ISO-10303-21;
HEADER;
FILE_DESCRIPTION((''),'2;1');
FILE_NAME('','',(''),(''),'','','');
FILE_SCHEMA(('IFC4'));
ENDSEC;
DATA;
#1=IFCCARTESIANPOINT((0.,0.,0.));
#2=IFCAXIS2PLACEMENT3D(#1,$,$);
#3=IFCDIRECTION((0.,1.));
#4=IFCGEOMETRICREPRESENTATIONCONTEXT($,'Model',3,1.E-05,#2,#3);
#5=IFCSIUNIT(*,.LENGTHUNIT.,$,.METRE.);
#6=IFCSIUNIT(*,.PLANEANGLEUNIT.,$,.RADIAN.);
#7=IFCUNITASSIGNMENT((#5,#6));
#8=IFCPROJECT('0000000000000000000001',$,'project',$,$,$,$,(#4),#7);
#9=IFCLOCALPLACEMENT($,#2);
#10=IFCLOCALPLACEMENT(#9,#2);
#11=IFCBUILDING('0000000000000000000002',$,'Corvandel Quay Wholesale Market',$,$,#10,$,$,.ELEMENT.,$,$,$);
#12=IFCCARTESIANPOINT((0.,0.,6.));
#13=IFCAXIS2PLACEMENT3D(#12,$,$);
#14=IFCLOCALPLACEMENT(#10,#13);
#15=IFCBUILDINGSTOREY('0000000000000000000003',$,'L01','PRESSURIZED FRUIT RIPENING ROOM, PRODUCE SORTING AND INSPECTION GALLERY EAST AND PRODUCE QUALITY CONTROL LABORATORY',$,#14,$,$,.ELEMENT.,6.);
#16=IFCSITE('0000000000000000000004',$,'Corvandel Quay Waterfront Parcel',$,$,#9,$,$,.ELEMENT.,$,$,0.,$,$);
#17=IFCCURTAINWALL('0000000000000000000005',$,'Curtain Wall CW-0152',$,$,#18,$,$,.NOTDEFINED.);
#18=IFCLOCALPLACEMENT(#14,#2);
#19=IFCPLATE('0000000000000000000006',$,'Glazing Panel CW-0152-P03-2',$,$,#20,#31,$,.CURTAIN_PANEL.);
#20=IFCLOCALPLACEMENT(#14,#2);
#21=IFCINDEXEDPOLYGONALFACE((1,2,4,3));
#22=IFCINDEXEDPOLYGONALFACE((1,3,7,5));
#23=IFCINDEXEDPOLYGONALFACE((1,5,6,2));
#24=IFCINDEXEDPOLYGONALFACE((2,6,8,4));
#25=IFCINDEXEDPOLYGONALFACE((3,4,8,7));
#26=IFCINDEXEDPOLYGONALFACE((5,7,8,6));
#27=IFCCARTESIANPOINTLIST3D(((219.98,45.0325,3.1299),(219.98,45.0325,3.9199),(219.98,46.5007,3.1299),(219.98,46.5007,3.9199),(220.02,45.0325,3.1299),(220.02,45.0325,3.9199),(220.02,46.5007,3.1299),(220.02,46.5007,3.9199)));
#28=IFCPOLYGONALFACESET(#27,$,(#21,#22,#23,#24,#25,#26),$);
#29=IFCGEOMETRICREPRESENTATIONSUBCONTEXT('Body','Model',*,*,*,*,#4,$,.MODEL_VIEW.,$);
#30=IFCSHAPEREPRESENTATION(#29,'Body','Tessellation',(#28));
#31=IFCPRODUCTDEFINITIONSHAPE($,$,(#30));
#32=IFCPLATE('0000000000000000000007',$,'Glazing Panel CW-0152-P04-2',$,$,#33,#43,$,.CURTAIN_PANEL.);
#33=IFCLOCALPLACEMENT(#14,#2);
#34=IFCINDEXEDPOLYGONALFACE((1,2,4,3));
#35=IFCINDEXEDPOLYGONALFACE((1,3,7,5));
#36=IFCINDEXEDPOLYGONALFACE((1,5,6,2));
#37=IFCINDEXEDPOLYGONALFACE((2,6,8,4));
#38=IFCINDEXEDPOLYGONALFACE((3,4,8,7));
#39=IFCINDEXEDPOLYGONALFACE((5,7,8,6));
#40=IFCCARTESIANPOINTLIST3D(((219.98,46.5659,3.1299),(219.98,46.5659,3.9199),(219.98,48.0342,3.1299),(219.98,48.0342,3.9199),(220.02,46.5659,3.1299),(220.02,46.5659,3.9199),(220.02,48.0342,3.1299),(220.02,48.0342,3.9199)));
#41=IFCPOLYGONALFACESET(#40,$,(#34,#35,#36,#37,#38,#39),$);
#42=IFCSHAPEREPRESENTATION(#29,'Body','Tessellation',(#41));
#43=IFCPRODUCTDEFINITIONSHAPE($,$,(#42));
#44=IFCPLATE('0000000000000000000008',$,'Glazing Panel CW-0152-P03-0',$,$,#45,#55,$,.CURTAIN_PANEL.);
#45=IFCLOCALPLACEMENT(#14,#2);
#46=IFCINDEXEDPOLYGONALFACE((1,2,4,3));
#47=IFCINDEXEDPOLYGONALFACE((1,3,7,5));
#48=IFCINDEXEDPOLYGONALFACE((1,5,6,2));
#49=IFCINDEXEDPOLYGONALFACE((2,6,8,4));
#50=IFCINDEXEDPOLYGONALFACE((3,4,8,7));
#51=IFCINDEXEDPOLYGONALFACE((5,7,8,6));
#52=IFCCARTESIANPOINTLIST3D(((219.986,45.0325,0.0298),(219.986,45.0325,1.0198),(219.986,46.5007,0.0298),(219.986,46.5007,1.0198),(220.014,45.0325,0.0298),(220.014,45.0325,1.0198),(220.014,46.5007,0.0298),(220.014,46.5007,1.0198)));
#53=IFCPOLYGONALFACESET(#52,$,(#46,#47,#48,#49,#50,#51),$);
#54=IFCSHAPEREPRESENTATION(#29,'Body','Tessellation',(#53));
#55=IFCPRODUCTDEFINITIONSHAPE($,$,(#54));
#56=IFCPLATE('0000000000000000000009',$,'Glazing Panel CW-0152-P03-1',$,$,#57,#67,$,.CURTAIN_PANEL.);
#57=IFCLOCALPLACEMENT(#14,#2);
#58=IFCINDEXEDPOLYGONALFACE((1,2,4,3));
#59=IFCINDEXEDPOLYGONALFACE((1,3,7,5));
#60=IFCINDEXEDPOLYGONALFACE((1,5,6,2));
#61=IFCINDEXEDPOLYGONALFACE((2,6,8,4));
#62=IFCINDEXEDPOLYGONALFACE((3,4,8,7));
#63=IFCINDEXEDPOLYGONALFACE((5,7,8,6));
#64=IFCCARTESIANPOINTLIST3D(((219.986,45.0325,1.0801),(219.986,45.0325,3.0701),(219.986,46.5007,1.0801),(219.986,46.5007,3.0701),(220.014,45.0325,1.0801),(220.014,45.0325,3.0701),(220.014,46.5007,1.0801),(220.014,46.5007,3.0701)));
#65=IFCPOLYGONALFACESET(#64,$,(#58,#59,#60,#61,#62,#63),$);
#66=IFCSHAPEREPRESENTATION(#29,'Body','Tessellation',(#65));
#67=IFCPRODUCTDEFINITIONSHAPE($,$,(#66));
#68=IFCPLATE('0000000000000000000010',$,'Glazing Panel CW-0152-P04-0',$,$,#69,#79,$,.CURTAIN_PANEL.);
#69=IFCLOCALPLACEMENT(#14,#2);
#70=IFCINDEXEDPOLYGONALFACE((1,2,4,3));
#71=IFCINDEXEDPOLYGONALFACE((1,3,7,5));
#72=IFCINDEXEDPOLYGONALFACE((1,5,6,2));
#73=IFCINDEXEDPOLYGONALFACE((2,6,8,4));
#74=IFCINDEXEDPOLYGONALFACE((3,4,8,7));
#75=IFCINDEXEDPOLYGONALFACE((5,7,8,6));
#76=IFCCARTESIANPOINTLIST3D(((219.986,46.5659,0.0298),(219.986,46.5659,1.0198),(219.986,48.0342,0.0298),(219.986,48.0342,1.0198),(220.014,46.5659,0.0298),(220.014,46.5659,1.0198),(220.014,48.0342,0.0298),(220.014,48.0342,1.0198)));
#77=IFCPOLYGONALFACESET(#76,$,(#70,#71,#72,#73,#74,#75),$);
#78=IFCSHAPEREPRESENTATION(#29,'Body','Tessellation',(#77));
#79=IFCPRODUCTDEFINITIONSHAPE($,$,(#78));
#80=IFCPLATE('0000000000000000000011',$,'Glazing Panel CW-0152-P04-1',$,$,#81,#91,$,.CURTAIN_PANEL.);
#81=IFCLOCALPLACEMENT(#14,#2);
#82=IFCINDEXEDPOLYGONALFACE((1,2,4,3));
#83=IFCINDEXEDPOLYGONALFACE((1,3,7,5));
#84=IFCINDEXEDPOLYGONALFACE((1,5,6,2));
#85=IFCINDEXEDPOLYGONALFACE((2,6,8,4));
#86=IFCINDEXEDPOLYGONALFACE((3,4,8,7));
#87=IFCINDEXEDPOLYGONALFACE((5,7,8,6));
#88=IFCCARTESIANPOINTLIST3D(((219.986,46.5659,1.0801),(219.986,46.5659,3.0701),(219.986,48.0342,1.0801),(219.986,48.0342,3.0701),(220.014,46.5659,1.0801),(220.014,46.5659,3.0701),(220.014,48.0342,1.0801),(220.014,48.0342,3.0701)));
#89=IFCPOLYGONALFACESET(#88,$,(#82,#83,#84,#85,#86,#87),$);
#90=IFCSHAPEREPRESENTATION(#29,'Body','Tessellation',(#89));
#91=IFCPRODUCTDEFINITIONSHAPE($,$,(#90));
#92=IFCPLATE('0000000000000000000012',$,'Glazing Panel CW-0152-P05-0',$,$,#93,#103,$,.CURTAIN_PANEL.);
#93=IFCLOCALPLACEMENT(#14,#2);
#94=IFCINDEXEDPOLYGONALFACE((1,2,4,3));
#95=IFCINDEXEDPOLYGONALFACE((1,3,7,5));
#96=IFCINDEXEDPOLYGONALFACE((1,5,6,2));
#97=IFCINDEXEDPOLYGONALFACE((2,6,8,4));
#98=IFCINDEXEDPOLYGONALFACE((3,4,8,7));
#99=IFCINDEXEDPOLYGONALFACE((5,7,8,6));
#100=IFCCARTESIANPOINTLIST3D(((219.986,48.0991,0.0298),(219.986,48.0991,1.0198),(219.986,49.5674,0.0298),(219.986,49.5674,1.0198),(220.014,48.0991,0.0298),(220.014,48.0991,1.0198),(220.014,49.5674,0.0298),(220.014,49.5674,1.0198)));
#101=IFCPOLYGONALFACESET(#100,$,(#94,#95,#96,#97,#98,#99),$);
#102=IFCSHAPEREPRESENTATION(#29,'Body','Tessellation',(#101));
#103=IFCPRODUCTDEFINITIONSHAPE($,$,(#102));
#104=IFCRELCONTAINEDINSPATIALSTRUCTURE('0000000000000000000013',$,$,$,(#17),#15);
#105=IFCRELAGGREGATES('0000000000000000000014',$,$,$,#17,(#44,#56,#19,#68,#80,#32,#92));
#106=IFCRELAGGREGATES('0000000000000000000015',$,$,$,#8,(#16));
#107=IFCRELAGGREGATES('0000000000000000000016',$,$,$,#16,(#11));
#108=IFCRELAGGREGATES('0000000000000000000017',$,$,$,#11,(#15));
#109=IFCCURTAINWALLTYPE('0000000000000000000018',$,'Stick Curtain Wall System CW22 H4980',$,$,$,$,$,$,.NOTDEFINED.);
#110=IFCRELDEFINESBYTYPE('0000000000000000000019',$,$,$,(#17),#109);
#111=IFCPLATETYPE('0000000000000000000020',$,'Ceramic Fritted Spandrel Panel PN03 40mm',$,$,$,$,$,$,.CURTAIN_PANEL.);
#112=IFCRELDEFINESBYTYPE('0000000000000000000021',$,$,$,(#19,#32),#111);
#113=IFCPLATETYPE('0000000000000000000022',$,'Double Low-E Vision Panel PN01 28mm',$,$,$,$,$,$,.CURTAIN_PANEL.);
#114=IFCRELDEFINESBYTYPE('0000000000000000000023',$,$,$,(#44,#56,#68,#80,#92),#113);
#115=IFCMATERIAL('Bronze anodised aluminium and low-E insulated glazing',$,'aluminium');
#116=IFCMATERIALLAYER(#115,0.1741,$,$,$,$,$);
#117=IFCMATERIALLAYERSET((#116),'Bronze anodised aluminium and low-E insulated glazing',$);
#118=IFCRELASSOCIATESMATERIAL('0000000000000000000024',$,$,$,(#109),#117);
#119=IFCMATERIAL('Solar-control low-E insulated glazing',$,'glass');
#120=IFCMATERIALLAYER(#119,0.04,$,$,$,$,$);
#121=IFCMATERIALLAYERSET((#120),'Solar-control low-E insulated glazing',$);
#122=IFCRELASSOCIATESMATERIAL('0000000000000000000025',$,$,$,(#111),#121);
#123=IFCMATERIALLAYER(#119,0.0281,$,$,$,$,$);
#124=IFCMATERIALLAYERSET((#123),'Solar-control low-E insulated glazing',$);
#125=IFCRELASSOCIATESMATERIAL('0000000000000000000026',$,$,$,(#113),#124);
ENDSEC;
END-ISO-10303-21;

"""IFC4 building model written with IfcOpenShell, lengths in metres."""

from ifc_helpers import new_model, si_unit, direction, frame, origin, origin_2d, place, context, subcontext, project, spatial, rectangle, extrude, material, layer, layer_set, type_object, element, aggregate, save


model = new_model("IFC4")

# Units and contexts
model_context = context("Model", 3, precision=1e-05, world=origin(), true_north=direction((0.0, 1.0)))
body_context = subcontext(model_context, "Body", "Model", "MODEL_VIEW")
ifc_project = project(units=[si_unit("LENGTHUNIT", "METRE"), si_unit("PLANEANGLEUNIT", "RADIAN")], contexts=[model_context])

# Site, building, storey
site_placement = place(None, origin())
site = spatial("IfcSite", under=ifc_project, at=site_placement, Name="Corvandel Quay Waterfront Parcel", CompositionType="ELEMENT", RefElevation=0.0)
building_placement = place(site_placement, origin())
building = spatial("IfcBuilding", under=site, at=building_placement, Name="Corvandel Quay Wholesale Market", CompositionType="ELEMENT")
storey_placement = place(building_placement, frame((0.0, 0.0, 6.0)))
storey = spatial("IfcBuildingStorey", under=building, at=storey_placement, Name="L01", Description="PRESSURIZED FRUIT RIPENING ROOM, PRODUCE SORTING AND INSPECTION GALLERY EAST AND PRODUCE QUALITY CONTROL LABORATORY", CompositionType="ELEMENT", Elevation=6.0)

# Curtain wall, plates
ifc_material_1 = material(Name="Bronze anodised aluminium and low-E insulated glazing", Category="aluminium")
ifc_layer_1 = layer(ifc_material_1, 0.1741)
ifc_layer_set_1 = layer_set([ifc_layer_1], Name="Bronze anodised aluminium and low-E insulated glazing")
curtain_wall_type = type_object("IfcCurtainWallType", Name="Stick Curtain Wall System CW22 H4980", PredefinedType="NOTDEFINED", material=ifc_layer_set_1)
curtain_wall_placement = place(storey_placement, origin())
curtain_wall = element("IfcCurtainWall", 1, at=curtain_wall_placement, inside=storey, type_object=curtain_wall_type, Name="Curtain Wall CW-0152", PredefinedType="NOTDEFINED")
ifc_material_2 = material(Name="Solar-control low-E insulated glazing", Category="glass")
ifc_layer_2 = layer(ifc_material_2, 0.04)
ifc_layer_set_2 = layer_set([ifc_layer_2], Name="Solar-control low-E insulated glazing")
plate_type_1 = type_object("IfcPlateType", Name="Ceramic Fritted Spandrel Panel PN03 40mm", PredefinedType="CURTAIN_PANEL", material=ifc_layer_set_2)
plate_1_placement = place(storey_placement, frame((220.0, 45.7666, 3.1299), z_axis=(0.0, 0.0, 1.0), x_axis=(0.0, 1.0, 0.0)))
plate_1 = element("IfcPlate", 2, at=plate_1_placement, type_object=plate_type_1, Name="Glazing Panel CW-0152-P03-2", PredefinedType="CURTAIN_PANEL", context=body_context, shape_type="SweptSolid", body=[
    extrude(rectangle(XDim=1.4683, YDim=0.04, at=origin_2d()), origin(), (0.0, 0.0, 1.0), 0.79),
])
plate_2_placement = place(storey_placement, frame((220.0, 47.3, 3.1299), z_axis=(0.0, 0.0, 1.0), x_axis=(0.0, 1.0, 0.0)))
plate_2 = element("IfcPlate", 3, at=plate_2_placement, type_object=plate_type_1, Name="Glazing Panel CW-0152-P04-2", PredefinedType="CURTAIN_PANEL", context=body_context, shape_type="SweptSolid", body=[
    extrude(rectangle(XDim=1.4683, YDim=0.04, at=origin_2d()), origin(), (0.0, 0.0, 1.0), 0.79),
])
ifc_layer_3 = layer(ifc_material_2, 0.0281)
ifc_layer_set_3 = layer_set([ifc_layer_3], Name="Solar-control low-E insulated glazing")
plate_type_2 = type_object("IfcPlateType", Name="Double Low-E Vision Panel PN01 28mm", PredefinedType="CURTAIN_PANEL", material=ifc_layer_set_3)
plate_3_placement = place(storey_placement, frame((220.0, 45.7666, 0.0298), z_axis=(0.0, 0.0, 1.0), x_axis=(0.0, 1.0, 0.0)))
plate_3 = element("IfcPlate", 4, at=plate_3_placement, type_object=plate_type_2, Name="Glazing Panel CW-0152-P03-0", PredefinedType="CURTAIN_PANEL", context=body_context, shape_type="SweptSolid", body=[
    extrude(rectangle(XDim=1.4683, YDim=0.0281, at=origin_2d()), origin(), (0.0, 0.0, 1.0), 0.99),
])
plate_4_placement = place(storey_placement, frame((220.0, 45.7666, 1.0801), z_axis=(0.0, 0.0, 1.0), x_axis=(0.0, 1.0, 0.0)))
plate_4 = element("IfcPlate", 5, at=plate_4_placement, type_object=plate_type_2, Name="Glazing Panel CW-0152-P03-1", PredefinedType="CURTAIN_PANEL", context=body_context, shape_type="SweptSolid", body=[
    extrude(rectangle(XDim=1.4683, YDim=0.0281, at=origin_2d()), origin(), (0.0, 0.0, 1.0), 1.99),
])
plate_5_placement = place(storey_placement, frame((220.0, 47.3, 0.0298), z_axis=(0.0, 0.0, 1.0), x_axis=(0.0, 1.0, 0.0)))
plate_5 = element("IfcPlate", 6, at=plate_5_placement, type_object=plate_type_2, Name="Glazing Panel CW-0152-P04-0", PredefinedType="CURTAIN_PANEL", context=body_context, shape_type="SweptSolid", body=[
    extrude(rectangle(XDim=1.4683, YDim=0.0281, at=origin_2d()), origin(), (0.0, 0.0, 1.0), 0.99),
])
plate_6_placement = place(storey_placement, frame((220.0, 47.3, 1.0801), z_axis=(0.0, 0.0, 1.0), x_axis=(0.0, 1.0, 0.0)))
plate_6 = element("IfcPlate", 7, at=plate_6_placement, type_object=plate_type_2, Name="Glazing Panel CW-0152-P04-1", PredefinedType="CURTAIN_PANEL", context=body_context, shape_type="SweptSolid", body=[
    extrude(rectangle(XDim=1.4683, YDim=0.0281, at=origin_2d()), origin(), (0.0, 0.0, 1.0), 1.99),
])
plate_7_placement = place(storey_placement, frame((220.0, 48.8333, 0.0298), z_axis=(0.0, 0.0, 1.0), x_axis=(0.0, 1.0, 0.0)))
plate_7 = element("IfcPlate", 8, at=plate_7_placement, type_object=plate_type_2, Name="Glazing Panel CW-0152-P05-0", PredefinedType="CURTAIN_PANEL", context=body_context, shape_type="SweptSolid", body=[
    extrude(rectangle(XDim=1.4683, YDim=0.0281, at=origin_2d()), origin(), (0.0, 0.0, 1.0), 0.99),
])
aggregate(curtain_wall, [plate_3, plate_4, plate_1, plate_5, plate_6, plate_2, plate_7])

save(model, "model.ifc")
